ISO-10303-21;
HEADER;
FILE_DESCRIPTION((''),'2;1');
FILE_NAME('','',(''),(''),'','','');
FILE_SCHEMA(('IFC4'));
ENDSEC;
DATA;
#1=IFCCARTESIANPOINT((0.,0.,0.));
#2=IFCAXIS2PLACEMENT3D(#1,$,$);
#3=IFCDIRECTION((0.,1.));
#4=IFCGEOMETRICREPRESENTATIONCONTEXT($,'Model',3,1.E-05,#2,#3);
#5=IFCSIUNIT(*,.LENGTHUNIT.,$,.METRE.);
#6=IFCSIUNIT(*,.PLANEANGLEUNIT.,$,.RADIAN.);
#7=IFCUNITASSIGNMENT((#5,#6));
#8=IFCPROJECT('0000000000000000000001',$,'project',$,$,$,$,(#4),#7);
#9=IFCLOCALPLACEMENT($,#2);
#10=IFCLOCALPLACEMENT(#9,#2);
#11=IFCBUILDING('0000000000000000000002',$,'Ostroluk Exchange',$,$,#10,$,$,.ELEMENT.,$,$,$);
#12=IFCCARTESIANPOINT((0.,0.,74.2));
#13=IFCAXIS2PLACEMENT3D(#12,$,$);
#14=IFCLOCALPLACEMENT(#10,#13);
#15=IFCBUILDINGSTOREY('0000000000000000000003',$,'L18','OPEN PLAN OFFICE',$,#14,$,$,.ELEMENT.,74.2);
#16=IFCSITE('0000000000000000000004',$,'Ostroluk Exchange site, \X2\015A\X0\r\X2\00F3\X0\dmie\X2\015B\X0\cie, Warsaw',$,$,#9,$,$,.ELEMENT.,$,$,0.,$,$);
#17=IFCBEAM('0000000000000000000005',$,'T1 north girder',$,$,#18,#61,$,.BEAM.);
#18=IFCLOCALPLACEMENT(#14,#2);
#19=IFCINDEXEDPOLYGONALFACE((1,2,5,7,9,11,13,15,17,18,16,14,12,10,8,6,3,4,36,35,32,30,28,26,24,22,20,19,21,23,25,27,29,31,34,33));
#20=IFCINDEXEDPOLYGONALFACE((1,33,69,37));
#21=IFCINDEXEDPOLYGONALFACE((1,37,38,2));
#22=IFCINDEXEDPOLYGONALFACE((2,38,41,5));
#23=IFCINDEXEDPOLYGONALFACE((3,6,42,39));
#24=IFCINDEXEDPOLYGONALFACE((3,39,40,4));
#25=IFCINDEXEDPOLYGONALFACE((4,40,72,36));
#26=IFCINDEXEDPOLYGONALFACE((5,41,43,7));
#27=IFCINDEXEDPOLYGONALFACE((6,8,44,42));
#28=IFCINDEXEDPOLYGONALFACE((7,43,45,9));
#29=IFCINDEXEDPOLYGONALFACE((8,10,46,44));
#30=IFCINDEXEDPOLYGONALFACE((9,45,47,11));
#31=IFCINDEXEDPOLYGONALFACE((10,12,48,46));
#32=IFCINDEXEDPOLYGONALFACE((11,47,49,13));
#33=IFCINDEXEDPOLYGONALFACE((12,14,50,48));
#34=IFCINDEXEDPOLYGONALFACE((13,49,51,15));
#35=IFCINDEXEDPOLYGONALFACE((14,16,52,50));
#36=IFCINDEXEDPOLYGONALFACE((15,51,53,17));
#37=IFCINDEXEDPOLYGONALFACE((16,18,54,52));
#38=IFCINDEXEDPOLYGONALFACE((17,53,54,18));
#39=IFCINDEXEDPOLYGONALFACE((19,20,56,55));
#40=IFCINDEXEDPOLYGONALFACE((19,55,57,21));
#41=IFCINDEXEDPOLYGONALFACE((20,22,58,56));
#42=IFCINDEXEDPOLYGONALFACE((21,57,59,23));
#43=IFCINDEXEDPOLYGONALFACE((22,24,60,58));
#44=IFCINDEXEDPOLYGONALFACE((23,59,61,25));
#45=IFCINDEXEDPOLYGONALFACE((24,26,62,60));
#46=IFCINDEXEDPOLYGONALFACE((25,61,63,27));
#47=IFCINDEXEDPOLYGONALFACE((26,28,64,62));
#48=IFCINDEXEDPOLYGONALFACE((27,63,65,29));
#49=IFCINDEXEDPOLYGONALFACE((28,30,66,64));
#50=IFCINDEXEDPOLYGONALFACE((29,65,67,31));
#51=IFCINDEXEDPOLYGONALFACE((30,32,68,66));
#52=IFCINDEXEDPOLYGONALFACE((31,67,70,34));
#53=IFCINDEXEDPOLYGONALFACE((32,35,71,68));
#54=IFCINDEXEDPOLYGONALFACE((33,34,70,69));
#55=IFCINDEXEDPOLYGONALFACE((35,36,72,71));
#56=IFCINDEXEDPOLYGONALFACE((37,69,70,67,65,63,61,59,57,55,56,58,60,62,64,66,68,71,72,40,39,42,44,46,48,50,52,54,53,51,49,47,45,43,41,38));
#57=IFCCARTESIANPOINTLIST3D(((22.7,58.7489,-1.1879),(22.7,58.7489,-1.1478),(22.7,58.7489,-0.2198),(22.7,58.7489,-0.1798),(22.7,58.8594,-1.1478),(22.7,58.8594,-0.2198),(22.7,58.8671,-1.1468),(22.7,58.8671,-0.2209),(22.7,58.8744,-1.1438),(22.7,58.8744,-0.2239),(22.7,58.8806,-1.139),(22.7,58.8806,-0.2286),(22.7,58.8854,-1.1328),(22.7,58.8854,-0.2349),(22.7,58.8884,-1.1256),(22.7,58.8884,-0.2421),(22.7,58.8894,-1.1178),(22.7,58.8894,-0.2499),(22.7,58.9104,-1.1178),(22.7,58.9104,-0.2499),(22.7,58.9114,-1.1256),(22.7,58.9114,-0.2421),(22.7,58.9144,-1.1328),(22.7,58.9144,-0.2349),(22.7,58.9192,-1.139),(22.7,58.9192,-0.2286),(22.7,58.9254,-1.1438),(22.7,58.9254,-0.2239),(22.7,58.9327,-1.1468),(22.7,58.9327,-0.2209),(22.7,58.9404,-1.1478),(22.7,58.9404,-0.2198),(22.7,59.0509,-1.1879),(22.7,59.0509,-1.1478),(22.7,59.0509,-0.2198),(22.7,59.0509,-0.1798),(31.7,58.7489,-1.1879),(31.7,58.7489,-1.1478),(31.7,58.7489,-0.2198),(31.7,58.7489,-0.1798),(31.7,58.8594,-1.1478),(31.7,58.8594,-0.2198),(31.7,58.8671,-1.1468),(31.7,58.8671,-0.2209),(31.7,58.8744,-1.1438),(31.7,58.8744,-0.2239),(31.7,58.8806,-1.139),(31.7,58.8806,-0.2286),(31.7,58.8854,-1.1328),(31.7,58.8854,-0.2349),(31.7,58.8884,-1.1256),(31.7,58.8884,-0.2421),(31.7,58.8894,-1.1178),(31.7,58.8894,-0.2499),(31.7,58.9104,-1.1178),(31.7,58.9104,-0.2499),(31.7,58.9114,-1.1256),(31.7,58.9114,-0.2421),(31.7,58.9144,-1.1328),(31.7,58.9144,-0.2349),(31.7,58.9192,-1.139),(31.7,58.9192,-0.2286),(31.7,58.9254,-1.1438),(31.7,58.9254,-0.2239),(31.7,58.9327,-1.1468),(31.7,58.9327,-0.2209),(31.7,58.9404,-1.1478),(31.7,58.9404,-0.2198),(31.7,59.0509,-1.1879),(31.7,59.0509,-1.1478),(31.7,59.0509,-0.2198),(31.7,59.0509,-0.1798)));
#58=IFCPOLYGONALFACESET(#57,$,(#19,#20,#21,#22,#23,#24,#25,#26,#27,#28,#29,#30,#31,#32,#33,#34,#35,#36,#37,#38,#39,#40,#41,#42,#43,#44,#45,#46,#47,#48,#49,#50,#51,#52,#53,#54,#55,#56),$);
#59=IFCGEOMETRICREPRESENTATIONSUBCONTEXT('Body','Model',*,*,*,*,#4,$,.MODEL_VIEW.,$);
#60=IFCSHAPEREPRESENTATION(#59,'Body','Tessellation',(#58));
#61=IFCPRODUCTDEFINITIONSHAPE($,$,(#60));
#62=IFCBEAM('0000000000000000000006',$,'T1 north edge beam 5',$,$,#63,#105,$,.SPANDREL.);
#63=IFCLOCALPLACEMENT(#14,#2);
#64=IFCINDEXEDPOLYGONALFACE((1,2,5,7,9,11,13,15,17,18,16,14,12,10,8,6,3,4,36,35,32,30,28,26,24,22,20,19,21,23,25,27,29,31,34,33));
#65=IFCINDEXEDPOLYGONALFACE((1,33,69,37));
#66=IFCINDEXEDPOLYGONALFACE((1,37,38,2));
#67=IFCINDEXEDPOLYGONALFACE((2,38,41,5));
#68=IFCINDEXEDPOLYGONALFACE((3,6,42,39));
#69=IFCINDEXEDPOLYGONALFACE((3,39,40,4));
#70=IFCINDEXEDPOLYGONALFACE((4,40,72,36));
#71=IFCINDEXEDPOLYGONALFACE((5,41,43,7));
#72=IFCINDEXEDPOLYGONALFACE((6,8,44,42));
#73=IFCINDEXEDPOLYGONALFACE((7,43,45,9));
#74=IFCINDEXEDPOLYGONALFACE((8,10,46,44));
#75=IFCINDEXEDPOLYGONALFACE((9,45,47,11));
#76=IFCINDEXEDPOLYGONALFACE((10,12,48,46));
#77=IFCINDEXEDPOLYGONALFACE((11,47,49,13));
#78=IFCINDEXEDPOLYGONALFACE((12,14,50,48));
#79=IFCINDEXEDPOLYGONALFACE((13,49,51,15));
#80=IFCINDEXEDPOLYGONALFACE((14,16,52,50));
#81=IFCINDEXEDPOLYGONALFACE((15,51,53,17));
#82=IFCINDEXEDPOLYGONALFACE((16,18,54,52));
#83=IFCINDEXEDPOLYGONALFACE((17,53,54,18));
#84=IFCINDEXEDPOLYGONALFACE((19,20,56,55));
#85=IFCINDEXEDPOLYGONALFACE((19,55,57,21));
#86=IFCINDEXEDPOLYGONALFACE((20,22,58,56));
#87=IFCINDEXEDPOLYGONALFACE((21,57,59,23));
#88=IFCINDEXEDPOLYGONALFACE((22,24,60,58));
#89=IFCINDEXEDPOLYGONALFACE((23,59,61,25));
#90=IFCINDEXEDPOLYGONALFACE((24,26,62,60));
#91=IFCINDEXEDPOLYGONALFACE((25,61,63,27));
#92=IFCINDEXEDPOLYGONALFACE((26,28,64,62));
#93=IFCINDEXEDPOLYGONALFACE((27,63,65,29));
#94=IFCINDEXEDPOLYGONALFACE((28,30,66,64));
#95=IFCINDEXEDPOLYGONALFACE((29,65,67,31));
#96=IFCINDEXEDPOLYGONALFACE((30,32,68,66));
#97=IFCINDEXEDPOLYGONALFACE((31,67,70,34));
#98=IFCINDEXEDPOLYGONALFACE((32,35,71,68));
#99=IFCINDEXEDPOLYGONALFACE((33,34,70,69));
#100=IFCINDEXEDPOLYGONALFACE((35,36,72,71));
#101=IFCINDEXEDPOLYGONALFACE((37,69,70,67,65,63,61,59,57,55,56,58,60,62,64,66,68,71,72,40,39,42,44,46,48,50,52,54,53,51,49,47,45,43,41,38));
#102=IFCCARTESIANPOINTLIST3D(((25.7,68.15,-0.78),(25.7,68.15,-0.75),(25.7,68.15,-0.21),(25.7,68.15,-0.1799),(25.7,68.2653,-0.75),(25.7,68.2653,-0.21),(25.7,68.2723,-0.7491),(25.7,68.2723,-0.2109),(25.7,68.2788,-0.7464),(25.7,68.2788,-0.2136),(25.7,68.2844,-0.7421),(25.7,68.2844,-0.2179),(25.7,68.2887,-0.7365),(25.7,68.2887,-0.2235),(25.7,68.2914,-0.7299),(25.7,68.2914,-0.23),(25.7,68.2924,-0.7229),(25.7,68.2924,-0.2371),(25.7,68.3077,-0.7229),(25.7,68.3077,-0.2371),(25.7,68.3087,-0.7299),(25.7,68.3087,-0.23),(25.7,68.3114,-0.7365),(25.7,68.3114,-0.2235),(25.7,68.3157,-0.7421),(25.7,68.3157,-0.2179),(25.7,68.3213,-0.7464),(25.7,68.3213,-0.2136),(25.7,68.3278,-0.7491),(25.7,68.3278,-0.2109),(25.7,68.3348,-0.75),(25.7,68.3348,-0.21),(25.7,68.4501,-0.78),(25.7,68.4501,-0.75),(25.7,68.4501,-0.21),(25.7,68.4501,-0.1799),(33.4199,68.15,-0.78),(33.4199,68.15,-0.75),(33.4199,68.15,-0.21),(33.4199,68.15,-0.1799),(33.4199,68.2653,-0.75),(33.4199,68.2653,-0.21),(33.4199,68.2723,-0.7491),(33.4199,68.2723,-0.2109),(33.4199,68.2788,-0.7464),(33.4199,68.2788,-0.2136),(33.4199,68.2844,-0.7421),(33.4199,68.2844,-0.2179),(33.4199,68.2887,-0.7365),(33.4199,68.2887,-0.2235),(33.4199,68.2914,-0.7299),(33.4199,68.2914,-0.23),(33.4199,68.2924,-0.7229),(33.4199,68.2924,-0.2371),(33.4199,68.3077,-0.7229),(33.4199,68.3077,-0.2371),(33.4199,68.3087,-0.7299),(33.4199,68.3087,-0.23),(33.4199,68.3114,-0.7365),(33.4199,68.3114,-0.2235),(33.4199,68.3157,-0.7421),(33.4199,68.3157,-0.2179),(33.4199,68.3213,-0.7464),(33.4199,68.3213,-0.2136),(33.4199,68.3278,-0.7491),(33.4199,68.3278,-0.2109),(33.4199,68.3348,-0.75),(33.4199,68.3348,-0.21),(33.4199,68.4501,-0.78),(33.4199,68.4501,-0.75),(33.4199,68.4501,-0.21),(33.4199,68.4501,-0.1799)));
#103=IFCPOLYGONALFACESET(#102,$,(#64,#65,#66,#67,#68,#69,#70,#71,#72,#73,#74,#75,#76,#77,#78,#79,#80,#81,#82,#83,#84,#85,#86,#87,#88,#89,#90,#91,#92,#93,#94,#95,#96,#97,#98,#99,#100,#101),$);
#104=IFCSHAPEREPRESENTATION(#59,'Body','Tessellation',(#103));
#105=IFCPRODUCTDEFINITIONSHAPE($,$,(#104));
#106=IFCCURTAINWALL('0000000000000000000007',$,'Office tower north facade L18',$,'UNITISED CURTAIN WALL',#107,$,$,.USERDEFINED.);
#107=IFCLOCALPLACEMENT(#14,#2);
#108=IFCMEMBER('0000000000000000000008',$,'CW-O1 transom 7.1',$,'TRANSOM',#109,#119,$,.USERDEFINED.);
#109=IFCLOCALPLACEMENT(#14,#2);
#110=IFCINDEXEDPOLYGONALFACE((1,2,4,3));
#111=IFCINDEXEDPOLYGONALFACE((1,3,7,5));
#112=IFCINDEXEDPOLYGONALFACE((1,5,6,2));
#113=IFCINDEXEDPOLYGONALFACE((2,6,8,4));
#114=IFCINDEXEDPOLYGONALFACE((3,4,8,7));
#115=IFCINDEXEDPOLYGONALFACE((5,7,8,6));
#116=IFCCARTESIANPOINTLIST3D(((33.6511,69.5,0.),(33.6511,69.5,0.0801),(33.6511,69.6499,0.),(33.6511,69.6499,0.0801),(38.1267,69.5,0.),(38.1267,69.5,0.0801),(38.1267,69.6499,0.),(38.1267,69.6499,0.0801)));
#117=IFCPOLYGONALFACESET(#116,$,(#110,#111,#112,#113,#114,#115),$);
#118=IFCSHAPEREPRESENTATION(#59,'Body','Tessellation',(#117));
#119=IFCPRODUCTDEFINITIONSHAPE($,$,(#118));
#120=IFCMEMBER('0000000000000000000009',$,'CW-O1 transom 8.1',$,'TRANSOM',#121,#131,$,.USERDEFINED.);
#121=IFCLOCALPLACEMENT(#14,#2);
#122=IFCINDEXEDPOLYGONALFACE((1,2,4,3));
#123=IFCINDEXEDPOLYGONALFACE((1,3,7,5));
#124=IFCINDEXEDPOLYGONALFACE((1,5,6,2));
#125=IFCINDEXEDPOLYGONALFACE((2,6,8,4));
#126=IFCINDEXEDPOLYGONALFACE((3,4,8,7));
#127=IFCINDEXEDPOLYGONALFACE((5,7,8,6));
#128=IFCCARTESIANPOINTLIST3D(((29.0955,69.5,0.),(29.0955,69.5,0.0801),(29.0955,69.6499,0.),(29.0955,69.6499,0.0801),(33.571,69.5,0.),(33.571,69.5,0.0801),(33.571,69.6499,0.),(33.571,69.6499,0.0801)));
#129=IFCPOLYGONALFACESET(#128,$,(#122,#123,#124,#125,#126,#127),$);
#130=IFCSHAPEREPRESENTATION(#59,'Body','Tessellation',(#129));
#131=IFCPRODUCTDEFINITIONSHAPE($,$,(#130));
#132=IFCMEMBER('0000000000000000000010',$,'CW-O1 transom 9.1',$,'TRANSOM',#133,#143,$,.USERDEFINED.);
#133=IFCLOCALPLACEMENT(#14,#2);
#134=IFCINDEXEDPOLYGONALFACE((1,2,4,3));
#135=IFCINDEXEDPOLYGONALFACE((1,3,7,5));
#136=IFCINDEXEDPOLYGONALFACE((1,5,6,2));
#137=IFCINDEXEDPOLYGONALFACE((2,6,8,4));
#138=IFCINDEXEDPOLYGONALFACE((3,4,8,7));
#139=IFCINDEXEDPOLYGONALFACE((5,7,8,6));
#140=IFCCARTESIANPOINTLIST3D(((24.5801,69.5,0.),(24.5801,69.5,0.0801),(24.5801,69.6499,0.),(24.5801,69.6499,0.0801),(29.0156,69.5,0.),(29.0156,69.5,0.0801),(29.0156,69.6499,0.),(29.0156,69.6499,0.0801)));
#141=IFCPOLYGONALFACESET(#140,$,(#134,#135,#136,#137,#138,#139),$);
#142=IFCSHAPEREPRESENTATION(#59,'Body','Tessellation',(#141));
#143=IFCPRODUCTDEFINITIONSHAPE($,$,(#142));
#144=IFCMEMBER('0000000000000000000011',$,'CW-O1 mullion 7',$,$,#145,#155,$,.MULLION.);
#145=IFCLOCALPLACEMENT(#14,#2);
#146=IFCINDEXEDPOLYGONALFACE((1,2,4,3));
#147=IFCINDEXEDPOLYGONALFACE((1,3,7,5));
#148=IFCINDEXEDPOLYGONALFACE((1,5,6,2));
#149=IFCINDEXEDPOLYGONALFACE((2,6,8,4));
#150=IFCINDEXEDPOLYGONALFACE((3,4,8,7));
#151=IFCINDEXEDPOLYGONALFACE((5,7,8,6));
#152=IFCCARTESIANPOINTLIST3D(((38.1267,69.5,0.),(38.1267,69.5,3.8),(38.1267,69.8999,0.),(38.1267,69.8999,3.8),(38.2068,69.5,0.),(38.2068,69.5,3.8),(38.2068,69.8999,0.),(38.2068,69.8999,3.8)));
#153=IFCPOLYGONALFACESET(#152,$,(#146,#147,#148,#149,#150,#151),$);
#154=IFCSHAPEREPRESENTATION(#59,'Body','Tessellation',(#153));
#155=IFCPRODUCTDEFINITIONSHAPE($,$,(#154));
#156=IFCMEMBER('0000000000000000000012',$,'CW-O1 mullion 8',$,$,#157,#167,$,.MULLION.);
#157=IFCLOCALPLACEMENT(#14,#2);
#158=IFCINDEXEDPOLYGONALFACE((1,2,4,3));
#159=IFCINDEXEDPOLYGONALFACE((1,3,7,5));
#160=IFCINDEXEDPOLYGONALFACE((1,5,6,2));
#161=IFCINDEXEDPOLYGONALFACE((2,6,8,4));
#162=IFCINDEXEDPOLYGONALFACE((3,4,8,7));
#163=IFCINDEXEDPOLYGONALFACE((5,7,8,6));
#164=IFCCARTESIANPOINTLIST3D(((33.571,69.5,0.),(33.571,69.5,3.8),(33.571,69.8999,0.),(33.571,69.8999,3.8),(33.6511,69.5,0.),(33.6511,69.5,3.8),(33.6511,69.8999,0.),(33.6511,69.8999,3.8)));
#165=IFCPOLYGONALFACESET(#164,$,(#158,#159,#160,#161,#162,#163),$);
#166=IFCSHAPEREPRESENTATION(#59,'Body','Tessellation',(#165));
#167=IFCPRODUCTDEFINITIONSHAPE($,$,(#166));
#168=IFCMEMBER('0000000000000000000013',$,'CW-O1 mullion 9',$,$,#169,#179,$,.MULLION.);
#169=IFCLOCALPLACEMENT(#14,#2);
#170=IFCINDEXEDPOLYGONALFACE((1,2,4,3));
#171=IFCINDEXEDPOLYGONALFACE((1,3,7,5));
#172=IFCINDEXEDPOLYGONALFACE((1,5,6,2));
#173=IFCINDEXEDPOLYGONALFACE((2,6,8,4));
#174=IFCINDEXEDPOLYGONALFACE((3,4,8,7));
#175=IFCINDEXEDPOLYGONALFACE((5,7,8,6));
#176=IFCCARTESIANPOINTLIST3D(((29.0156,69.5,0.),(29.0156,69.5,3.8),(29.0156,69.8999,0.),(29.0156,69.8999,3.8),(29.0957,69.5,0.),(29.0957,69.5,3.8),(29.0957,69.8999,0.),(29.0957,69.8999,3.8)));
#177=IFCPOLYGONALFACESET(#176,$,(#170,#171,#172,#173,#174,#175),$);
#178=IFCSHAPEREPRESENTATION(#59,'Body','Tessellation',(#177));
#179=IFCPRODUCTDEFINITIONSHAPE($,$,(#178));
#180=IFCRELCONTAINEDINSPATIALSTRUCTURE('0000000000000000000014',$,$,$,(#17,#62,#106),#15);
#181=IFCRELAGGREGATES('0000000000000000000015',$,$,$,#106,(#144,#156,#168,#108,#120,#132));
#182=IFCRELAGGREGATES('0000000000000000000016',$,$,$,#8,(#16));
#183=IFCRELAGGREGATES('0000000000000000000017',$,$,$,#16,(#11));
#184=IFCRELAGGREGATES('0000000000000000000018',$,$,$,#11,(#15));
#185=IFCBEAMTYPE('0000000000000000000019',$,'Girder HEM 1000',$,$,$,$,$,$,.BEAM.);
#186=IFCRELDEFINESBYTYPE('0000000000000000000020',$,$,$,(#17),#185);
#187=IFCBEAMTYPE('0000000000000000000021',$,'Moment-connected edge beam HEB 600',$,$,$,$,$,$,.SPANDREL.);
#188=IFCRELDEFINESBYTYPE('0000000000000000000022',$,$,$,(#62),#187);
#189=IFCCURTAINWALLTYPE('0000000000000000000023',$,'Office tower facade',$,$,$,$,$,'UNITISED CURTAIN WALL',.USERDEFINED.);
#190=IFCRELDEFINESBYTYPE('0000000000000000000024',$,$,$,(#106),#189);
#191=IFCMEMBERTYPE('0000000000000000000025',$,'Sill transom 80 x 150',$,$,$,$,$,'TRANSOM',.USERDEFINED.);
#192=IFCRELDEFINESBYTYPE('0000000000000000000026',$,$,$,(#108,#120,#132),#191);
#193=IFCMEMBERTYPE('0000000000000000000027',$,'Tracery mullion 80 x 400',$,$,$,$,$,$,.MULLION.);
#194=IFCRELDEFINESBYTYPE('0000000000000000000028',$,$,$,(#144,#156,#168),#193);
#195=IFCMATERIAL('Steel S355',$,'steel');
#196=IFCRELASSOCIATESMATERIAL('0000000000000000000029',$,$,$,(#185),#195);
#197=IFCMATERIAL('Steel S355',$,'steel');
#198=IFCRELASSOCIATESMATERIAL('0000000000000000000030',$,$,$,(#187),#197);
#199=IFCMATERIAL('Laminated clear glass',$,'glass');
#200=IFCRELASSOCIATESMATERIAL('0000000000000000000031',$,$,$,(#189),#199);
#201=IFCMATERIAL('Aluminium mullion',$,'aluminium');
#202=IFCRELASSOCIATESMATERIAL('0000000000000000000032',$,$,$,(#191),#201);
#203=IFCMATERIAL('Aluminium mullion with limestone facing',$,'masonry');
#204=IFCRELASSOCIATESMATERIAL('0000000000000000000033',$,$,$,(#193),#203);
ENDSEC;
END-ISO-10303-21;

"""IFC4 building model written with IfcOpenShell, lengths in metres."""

from ifc_helpers import new_model, si_unit, direction, frame, origin, origin_2d, place, context, subcontext, project, spatial, rectangle, i_section, extrude, material, material_profile, profile_set, type_object, element, aggregate, save


model = new_model("IFC4")

# Units and contexts
model_context = context("Model", 3, precision=1e-05, world=origin(), true_north=direction((0.0, 1.0)))
body_context = subcontext(model_context, "Body", "Model", "MODEL_VIEW")
ifc_project = project(units=[si_unit("LENGTHUNIT", "METRE"), si_unit("PLANEANGLEUNIT", "RADIAN")], contexts=[model_context])

# Site, building, storey
site_placement = place(None, origin())
site = spatial("IfcSite", under=ifc_project, at=site_placement, Name="Ostroluk Exchange site, Śródmieście, Warsaw", CompositionType="ELEMENT", RefElevation=0.0)
building_placement = place(site_placement, origin())
building = spatial("IfcBuilding", under=site, at=building_placement, Name="Ostroluk Exchange", CompositionType="ELEMENT")
storey_placement = place(building_placement, frame((0.0, 0.0, 74.2)))
storey = spatial("IfcBuildingStorey", under=building, at=storey_placement, Name="L18", Description="OPEN PLAN OFFICE", CompositionType="ELEMENT", Elevation=74.2)

# Beams
ifc_material_1 = material(Name="Steel S355", Category="steel")
ifc_material_profile_1 = material_profile(ifc_material_1, i_section(OverallWidth=0.302, OverallDepth=1.0081, WebThickness=0.021, FlangeThickness=0.04, FilletRadius=0.03, at=origin_2d()), Name="HEM 1000")
ifc_profile_set_1 = profile_set([ifc_material_profile_1], Name="Steel S355")
beam_type_1 = type_object("IfcBeamType", Name="Girder HEM 1000", PredefinedType="BEAM", material=ifc_profile_set_1)
beam_1_placement = place(storey_placement, frame((31.7, 58.8999, -0.6838), z_axis=(-1.0, 0.0, 0.0), x_axis=(0.0, -1.0, 0.0)))
element("IfcBeam", 1, at=beam_1_placement, inside=storey, type_object=beam_type_1, Name="T1 north girder", PredefinedType="BEAM", context=body_context, shape_type="SweptSolid", body=[
    extrude(i_section(OverallWidth=0.302, OverallDepth=1.0081, WebThickness=0.021, FlangeThickness=0.04, FilletRadius=0.03, at=origin_2d()), origin(), (0.0, 0.0, 1.0), 9.0),
])
ifc_material_2 = material(Name="Steel S355", Category="steel")
ifc_material_profile_2 = material_profile(ifc_material_2, i_section(OverallWidth=0.3, OverallDepth=0.6001, WebThickness=0.0154, FlangeThickness=0.03, FilletRadius=0.0271, at=origin_2d()), Name="HEB 600")
ifc_profile_set_2 = profile_set([ifc_material_profile_2], Name="Steel S355")
beam_type_2 = type_object("IfcBeamType", Name="Moment-connected edge beam HEB 600", PredefinedType="SPANDREL", material=ifc_profile_set_2)
beam_2_placement = place(storey_placement, frame((33.4199, 68.3, -0.48), z_axis=(-1.0, 0.0, 0.0), x_axis=(0.0, -1.0, 0.0)))
element("IfcBeam", 2, at=beam_2_placement, inside=storey, type_object=beam_type_2, Name="T1 north edge beam 5", PredefinedType="SPANDREL", context=body_context, shape_type="SweptSolid", body=[
    extrude(i_section(OverallWidth=0.3, OverallDepth=0.6001, WebThickness=0.0154, FlangeThickness=0.03, FilletRadius=0.0271, at=origin_2d()), origin(), (0.0, 0.0, 1.0), 7.72),
])

# Curtain wall, members
ifc_material_3 = material(Name="Laminated clear glass", Category="glass")
curtain_wall_type = type_object("IfcCurtainWallType", Name="Office tower facade", ElementType="UNITISED CURTAIN WALL", PredefinedType="USERDEFINED", material=ifc_material_3)
curtain_wall_placement = place(storey_placement, origin())
curtain_wall = element("IfcCurtainWall", 3, at=curtain_wall_placement, inside=storey, type_object=curtain_wall_type, Name="Office tower north facade L18", ObjectType="UNITISED CURTAIN WALL", PredefinedType="USERDEFINED")
ifc_material_4 = material(Name="Aluminium mullion", Category="aluminium")
ifc_material_profile_3 = material_profile(ifc_material_4, rectangle(XDim=0.1499, YDim=0.0801, at=origin_2d()), Name="Sill transom 80 x 150")
ifc_profile_set_3 = profile_set([ifc_material_profile_3], Name="Aluminium mullion")
member_type_1 = type_object("IfcMemberType", Name="Sill transom 80 x 150", ElementType="TRANSOM", PredefinedType="USERDEFINED", material=ifc_profile_set_3)
member_1_placement = place(storey_placement, frame((38.1267, 69.575, 0.04), z_axis=(-1.0, 0.0, 0.0), x_axis=(0.0, -1.0, 0.0)))
member_1 = element("IfcMember", 4, at=member_1_placement, type_object=member_type_1, Name="CW-O1 transom 7.1", ObjectType="TRANSOM", PredefinedType="USERDEFINED", context=body_context, shape_type="SweptSolid", body=[
    extrude(rectangle(XDim=0.1499, YDim=0.0801, at=origin_2d()), origin(), (0.0, 0.0, 1.0), 4.4756),
])
member_2_placement = place(storey_placement, frame((33.571, 69.575, 0.04), z_axis=(-1.0, 0.0, 0.0), x_axis=(0.0, -1.0, 0.0)))
member_2 = element("IfcMember", 5, at=member_2_placement, type_object=member_type_1, Name="CW-O1 transom 8.1", ObjectType="TRANSOM", PredefinedType="USERDEFINED", context=body_context, shape_type="SweptSolid", body=[
    extrude(rectangle(XDim=0.1499, YDim=0.0801, at=origin_2d()), origin(), (0.0, 0.0, 1.0), 4.4756),
])
member_3_placement = place(storey_placement, frame((29.0156, 69.575, 0.04), z_axis=(-1.0, 0.0, 0.0), x_axis=(0.0, -1.0, 0.0)))
member_3 = element("IfcMember", 6, at=member_3_placement, type_object=member_type_1, Name="CW-O1 transom 9.1", ObjectType="TRANSOM", PredefinedType="USERDEFINED", context=body_context, shape_type="SweptSolid", body=[
    extrude(rectangle(XDim=0.1499, YDim=0.0801, at=origin_2d()), origin(), (0.0, 0.0, 1.0), 4.4355),
])
ifc_material_5 = material(Name="Aluminium mullion with limestone facing", Category="masonry")
ifc_material_profile_4 = material_profile(ifc_material_5, rectangle(XDim=0.3999, YDim=0.0801, at=origin_2d()), Name="Tracery mullion 80 x 400")
ifc_profile_set_4 = profile_set([ifc_material_profile_4], Name="Aluminium mullion with limestone facing")
member_type_2 = type_object("IfcMemberType", Name="Tracery mullion 80 x 400", PredefinedType="MULLION", material=ifc_profile_set_4)
member_4_placement = place(storey_placement, frame((38.1667, 69.7, 0.0), z_axis=(0.0, 0.0, 1.0), x_axis=(0.0, -1.0, 0.0)))
member_4 = element("IfcMember", 7, at=member_4_placement, type_object=member_type_2, Name="CW-O1 mullion 7", PredefinedType="MULLION", context=body_context, shape_type="SweptSolid", body=[
    extrude(rectangle(XDim=0.3999, YDim=0.0801, at=origin_2d()), origin(), (0.0, 0.0, 1.0), 3.8),
])
member_5_placement = place(storey_placement, frame((33.6111, 69.7, 0.0), z_axis=(0.0, 0.0, 1.0), x_axis=(0.0, -1.0, 0.0)))
member_5 = element("IfcMember", 8, at=member_5_placement, type_object=member_type_2, Name="CW-O1 mullion 8", PredefinedType="MULLION", context=body_context, shape_type="SweptSolid", body=[
    extrude(rectangle(XDim=0.3999, YDim=0.0801, at=origin_2d()), origin(), (0.0, 0.0, 1.0), 3.8),
])
member_6_placement = place(storey_placement, frame((29.0557, 69.7, 0.0), z_axis=(0.0, 0.0, 1.0), x_axis=(0.0, -1.0, 0.0)))
member_6 = element("IfcMember", 9, at=member_6_placement, type_object=member_type_2, Name="CW-O1 mullion 9", PredefinedType="MULLION", context=body_context, shape_type="SweptSolid", body=[
    extrude(rectangle(XDim=0.3999, YDim=0.0801, at=origin_2d()), origin(), (0.0, 0.0, 1.0), 3.8),
])
aggregate(curtain_wall, [member_4, member_5, member_6, member_1, member_2, member_3])

save(model, "model.ifc")
